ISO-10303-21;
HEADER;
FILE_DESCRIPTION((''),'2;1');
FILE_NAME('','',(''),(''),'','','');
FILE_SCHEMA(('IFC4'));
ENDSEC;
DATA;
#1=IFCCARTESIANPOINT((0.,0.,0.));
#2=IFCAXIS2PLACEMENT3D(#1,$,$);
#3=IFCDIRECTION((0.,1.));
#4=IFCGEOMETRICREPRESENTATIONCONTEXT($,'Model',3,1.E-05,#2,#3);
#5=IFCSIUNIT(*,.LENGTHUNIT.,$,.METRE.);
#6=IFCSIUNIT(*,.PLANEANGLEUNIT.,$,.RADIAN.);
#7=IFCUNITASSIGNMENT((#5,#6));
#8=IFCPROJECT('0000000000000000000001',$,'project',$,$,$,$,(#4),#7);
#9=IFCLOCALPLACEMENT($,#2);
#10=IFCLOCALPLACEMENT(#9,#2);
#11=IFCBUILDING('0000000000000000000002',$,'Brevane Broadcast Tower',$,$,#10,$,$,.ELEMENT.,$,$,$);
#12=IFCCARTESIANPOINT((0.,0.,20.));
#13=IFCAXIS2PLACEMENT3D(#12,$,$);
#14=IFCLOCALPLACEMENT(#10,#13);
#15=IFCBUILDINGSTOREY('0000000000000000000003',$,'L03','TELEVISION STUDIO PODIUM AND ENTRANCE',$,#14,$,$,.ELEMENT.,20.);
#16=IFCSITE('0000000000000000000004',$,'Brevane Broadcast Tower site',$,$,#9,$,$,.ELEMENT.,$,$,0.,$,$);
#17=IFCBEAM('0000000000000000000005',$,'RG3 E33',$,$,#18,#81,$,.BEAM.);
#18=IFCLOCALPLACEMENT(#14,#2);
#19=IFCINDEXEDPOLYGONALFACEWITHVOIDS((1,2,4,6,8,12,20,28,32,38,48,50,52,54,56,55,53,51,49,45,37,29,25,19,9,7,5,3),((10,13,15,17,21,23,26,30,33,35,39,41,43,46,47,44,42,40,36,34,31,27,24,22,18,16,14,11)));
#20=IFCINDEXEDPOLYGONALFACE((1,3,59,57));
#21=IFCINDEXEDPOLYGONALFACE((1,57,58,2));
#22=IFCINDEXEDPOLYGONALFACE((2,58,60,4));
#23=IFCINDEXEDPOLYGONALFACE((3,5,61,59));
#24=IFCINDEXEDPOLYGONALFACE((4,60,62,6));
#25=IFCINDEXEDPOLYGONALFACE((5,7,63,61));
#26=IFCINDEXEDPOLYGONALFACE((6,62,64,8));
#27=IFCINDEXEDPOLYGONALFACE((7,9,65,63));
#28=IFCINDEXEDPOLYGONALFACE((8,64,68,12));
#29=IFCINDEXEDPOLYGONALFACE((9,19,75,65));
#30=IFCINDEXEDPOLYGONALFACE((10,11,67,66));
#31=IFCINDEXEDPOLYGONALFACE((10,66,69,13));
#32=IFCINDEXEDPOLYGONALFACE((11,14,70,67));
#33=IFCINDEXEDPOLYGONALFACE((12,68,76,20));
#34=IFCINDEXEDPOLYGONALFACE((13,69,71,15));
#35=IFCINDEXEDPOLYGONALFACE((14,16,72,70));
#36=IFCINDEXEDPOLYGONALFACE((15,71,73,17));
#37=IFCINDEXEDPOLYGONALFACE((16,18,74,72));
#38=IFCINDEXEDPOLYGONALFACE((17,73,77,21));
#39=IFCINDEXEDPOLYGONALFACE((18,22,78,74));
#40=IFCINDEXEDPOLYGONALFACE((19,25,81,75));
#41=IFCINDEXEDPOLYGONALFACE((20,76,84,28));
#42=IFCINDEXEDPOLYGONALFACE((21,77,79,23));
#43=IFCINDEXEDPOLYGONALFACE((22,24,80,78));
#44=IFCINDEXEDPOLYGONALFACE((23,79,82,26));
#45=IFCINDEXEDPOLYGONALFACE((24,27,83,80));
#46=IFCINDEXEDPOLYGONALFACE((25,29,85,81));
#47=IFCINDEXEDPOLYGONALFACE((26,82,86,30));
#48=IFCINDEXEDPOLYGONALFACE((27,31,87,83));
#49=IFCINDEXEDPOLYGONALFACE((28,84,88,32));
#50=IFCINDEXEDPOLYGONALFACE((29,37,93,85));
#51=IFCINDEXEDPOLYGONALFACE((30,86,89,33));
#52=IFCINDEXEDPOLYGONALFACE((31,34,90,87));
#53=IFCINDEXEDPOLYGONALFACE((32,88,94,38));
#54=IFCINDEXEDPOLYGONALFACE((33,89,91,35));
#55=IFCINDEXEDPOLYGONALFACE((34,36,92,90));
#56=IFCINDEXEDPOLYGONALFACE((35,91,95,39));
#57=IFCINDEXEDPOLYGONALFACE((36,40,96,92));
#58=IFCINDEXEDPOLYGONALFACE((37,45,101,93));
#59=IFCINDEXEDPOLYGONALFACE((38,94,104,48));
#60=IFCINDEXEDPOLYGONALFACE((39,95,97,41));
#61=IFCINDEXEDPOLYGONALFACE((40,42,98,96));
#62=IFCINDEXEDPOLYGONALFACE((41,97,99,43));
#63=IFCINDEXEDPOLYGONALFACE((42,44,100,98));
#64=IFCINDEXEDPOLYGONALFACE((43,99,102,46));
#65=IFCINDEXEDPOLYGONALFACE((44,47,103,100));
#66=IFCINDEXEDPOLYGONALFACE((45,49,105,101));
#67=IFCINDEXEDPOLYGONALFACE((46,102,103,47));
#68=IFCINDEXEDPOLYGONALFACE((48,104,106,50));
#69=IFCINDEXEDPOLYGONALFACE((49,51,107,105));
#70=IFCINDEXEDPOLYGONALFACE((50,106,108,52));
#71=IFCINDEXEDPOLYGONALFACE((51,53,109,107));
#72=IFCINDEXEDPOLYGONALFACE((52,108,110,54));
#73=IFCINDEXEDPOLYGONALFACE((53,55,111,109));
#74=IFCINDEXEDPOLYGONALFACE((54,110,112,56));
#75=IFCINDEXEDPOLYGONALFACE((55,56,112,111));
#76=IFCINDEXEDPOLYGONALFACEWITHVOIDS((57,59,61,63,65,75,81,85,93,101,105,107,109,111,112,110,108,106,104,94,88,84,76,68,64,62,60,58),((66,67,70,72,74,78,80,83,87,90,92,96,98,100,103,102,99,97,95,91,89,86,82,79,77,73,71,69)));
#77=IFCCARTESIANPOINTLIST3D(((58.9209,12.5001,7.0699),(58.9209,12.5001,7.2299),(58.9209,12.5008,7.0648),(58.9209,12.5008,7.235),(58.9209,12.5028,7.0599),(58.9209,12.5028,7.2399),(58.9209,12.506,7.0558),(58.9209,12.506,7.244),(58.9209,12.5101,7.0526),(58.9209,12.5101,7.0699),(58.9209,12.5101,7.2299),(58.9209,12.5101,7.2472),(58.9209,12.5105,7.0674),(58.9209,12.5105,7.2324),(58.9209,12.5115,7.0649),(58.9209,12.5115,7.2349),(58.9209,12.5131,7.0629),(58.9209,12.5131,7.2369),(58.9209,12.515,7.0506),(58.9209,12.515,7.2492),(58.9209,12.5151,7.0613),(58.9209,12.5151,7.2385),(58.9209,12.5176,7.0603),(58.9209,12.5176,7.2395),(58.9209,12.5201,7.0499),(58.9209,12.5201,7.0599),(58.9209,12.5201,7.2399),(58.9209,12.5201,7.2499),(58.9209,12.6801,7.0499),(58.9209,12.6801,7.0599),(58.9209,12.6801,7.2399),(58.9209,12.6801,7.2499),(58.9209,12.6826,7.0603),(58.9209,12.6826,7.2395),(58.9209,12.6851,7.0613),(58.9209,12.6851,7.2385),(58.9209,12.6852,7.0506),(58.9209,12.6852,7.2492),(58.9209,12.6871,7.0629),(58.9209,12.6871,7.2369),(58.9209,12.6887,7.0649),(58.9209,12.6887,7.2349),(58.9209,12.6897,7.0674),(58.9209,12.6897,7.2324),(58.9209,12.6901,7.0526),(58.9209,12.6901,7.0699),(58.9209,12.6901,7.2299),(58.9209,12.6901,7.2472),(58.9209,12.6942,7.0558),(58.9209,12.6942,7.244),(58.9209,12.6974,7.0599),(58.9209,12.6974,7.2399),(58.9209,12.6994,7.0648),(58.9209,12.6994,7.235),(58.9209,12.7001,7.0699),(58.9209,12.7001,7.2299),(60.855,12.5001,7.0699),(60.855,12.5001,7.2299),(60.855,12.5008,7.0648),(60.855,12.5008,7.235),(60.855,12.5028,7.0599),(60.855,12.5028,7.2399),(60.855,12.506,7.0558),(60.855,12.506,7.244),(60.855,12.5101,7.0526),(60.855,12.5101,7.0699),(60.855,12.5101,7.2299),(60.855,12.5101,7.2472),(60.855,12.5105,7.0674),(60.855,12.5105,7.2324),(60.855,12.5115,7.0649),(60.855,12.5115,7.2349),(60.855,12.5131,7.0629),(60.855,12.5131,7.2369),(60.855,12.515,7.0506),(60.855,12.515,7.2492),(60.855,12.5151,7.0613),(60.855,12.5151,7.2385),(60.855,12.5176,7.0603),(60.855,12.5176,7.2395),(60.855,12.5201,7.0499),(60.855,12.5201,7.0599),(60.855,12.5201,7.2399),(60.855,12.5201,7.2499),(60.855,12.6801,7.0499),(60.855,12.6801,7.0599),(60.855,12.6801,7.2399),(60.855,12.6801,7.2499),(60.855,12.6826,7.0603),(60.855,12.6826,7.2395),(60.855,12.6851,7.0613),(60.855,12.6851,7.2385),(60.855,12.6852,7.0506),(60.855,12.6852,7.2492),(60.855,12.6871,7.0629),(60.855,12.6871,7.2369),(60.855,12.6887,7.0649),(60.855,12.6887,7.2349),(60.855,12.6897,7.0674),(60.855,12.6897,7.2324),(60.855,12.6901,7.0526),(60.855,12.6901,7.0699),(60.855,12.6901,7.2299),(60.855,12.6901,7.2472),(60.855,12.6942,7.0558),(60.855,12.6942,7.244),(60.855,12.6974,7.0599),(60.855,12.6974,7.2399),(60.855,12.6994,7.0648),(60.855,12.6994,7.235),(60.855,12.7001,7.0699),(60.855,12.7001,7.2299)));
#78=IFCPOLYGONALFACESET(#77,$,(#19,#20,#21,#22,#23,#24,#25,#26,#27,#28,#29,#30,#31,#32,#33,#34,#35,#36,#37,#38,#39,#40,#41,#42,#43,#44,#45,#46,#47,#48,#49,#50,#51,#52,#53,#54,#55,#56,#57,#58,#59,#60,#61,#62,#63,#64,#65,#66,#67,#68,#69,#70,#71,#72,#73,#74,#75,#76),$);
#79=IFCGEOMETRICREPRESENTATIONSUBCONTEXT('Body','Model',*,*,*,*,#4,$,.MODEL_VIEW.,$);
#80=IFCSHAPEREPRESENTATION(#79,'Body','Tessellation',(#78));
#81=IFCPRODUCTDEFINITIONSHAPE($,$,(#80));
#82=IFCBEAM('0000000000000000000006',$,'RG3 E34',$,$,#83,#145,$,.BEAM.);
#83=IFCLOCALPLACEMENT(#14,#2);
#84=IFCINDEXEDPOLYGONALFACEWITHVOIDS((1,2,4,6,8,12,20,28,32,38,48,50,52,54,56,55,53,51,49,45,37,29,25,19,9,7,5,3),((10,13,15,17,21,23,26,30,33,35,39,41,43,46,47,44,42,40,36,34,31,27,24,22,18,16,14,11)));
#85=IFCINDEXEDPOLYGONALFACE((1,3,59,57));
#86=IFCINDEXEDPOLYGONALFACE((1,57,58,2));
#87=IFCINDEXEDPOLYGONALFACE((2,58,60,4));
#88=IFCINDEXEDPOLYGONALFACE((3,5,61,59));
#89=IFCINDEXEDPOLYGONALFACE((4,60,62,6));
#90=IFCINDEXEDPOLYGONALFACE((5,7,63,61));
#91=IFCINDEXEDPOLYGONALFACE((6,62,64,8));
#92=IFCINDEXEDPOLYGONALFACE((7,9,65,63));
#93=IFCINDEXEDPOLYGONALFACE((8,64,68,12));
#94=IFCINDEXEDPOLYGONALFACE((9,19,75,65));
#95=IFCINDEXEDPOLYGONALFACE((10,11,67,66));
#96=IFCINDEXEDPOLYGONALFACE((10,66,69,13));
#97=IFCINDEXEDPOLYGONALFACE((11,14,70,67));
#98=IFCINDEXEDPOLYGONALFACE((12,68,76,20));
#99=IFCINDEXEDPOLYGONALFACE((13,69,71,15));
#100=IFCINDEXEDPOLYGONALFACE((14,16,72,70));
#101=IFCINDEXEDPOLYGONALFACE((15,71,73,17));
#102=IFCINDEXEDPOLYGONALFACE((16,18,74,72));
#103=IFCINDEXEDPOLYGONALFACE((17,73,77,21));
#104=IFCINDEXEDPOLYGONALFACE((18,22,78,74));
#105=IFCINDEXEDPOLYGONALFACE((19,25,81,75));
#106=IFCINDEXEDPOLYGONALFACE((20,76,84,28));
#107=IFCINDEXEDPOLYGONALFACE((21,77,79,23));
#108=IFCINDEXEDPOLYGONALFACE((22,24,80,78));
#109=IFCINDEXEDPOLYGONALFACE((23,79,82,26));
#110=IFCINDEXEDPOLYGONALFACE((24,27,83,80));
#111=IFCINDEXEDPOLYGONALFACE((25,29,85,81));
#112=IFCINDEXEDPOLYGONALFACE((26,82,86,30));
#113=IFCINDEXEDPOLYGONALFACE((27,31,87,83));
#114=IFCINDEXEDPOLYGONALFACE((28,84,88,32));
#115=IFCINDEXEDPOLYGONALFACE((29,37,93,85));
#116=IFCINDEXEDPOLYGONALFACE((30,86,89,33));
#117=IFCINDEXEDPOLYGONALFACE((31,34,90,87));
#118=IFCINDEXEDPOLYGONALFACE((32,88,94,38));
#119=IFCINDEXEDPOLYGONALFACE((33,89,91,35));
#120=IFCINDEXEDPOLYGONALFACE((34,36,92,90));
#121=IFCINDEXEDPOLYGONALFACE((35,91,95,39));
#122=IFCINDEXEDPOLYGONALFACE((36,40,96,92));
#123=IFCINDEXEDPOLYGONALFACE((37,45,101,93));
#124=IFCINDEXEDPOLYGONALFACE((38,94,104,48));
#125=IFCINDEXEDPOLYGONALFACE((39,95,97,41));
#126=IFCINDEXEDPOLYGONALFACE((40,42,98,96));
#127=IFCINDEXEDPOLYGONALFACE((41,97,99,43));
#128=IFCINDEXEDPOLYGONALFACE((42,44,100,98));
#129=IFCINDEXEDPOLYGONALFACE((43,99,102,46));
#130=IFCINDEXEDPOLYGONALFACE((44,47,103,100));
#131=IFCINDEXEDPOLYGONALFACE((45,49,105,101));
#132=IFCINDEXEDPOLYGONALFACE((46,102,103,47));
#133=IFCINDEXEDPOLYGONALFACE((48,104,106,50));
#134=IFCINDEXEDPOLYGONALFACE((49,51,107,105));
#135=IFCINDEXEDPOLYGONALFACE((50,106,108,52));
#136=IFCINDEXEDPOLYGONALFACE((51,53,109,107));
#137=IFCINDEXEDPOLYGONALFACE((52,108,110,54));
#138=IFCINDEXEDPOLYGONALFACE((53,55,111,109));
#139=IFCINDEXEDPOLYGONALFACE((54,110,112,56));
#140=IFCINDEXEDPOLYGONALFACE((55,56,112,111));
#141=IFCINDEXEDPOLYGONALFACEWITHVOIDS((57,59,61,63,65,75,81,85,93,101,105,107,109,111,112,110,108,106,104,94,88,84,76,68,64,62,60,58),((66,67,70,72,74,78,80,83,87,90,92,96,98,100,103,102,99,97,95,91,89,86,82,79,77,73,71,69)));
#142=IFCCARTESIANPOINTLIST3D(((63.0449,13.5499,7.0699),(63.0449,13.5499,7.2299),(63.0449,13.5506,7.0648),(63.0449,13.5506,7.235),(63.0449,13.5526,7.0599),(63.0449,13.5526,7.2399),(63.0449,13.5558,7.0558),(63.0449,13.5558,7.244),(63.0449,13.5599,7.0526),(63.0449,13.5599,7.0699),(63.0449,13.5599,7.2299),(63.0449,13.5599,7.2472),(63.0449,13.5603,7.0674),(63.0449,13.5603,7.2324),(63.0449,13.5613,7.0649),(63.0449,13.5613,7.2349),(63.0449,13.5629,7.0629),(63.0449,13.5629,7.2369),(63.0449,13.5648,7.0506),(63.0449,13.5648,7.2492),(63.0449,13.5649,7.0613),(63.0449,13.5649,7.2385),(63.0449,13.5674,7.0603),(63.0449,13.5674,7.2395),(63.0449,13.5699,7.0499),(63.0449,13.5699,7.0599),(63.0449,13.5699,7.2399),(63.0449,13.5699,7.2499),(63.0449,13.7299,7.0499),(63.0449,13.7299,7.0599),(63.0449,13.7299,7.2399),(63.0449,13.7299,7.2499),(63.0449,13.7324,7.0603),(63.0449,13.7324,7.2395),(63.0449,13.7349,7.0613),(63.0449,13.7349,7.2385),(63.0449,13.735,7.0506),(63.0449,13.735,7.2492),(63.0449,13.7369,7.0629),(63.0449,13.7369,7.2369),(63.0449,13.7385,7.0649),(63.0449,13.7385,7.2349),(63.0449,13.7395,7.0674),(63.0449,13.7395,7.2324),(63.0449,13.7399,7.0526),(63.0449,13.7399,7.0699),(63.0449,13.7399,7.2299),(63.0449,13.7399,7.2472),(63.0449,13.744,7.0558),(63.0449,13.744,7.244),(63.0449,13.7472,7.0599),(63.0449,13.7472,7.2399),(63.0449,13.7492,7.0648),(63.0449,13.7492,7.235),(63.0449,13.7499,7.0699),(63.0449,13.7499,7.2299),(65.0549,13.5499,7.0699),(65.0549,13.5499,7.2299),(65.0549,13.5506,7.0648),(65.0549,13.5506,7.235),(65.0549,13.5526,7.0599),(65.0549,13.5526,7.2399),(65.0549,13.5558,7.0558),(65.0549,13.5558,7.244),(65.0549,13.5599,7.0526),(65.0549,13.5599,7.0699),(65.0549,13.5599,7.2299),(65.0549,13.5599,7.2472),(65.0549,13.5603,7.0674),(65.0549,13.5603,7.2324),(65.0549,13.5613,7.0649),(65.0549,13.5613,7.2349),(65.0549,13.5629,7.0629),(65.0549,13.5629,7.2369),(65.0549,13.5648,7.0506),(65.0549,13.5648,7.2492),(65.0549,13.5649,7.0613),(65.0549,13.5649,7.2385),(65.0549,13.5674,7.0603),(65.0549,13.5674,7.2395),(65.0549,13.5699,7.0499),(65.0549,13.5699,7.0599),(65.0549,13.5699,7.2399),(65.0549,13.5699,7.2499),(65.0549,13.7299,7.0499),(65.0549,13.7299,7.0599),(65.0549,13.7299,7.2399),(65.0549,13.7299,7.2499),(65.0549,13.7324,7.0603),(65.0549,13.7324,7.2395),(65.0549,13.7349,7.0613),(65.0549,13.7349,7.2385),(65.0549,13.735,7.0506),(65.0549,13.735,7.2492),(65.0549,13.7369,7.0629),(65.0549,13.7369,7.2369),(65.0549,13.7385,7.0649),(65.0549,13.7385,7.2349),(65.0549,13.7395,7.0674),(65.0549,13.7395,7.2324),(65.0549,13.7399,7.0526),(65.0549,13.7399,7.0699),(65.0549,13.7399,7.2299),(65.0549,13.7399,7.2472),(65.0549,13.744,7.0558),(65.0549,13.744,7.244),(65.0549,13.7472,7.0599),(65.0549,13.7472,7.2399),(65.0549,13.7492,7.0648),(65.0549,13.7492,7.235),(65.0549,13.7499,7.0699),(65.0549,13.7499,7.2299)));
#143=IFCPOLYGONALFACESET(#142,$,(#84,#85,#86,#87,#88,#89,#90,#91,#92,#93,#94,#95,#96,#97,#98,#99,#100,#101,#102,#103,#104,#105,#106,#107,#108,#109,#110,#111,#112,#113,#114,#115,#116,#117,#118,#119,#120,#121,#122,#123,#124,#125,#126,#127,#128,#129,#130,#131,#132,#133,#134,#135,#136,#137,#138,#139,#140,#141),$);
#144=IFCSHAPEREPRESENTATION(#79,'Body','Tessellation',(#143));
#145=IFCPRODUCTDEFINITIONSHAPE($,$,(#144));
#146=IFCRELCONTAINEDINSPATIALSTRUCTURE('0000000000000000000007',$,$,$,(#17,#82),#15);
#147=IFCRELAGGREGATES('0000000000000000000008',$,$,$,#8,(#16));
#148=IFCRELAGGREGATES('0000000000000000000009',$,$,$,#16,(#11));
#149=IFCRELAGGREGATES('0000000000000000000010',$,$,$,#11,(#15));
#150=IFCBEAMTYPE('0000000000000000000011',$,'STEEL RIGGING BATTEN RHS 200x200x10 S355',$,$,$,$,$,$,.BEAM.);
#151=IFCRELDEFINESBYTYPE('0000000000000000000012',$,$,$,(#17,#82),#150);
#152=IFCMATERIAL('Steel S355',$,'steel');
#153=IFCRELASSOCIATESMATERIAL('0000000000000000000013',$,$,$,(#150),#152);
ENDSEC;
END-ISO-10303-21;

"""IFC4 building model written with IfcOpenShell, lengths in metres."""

from ifc_helpers import new_model, si_unit, direction, frame, origin, origin_2d, place, context, subcontext, project, spatial, hollow_rectangle, extrude, material, material_profile, profile_set, type_object, element, save


model = new_model("IFC4")

# Units and contexts
model_context = context("Model", 3, precision=1e-05, world=origin(), true_north=direction((0.0, 1.0)))
body_context = subcontext(model_context, "Body", "Model", "MODEL_VIEW")
ifc_project = project(units=[si_unit("LENGTHUNIT", "METRE"), si_unit("PLANEANGLEUNIT", "RADIAN")], contexts=[model_context])

# Site, building, storey
site_placement = place(None, origin())
site = spatial("IfcSite", under=ifc_project, at=site_placement, Name="Brevane Broadcast Tower site", CompositionType="ELEMENT", RefElevation=0.0)
building_placement = place(site_placement, origin())
building = spatial("IfcBuilding", under=site, at=building_placement, Name="Brevane Broadcast Tower", CompositionType="ELEMENT")
storey_placement = place(building_placement, frame((0.0, 0.0, 20.0)))
storey = spatial("IfcBuildingStorey", under=building, at=storey_placement, Name="L03", Description="TELEVISION STUDIO PODIUM AND ENTRANCE", CompositionType="ELEMENT", Elevation=20.0)

# Beams
ifc_material_1 = material(Name="Steel S355", Category="steel")
ifc_material_profile_1 = material_profile(ifc_material_1, hollow_rectangle(XDim=0.2, YDim=0.2, WallThickness=0.01, InnerFilletRadius=0.01, OuterFilletRadius=0.02, at=origin_2d()), Name="RHS 200x200x10")
ifc_profile_set_1 = profile_set([ifc_material_profile_1], Name="Steel S355")
beam_type_1 = type_object("IfcBeamType", Name="STEEL RIGGING BATTEN RHS 200x200x10 S355", PredefinedType="BEAM", material=ifc_profile_set_1)
beam_1_placement = place(storey_placement, frame((60.855, 12.6001, 7.1499), z_axis=(-1.0, 0.0, 0.0), x_axis=(0.0, -1.0, 0.0)))
element("IfcBeam", 1, at=beam_1_placement, inside=storey, type_object=beam_type_1, Name="RG3 E33", PredefinedType="BEAM", context=body_context, shape_type="SweptSolid", body=[
    extrude(hollow_rectangle(XDim=0.2, YDim=0.2, WallThickness=0.01, InnerFilletRadius=0.01, OuterFilletRadius=0.02, at=origin_2d()), origin(), (0.0, 0.0, 1.0), 1.9341),
])
for number, where, z_axis, x_axis, name in (
    (2, (65.0549, 13.6499, 7.1499), (-1.0, 0.0, 0.0), (0.0, -1.0, 0.0), "RG3 E34"),
):
    element("IfcBeam", number, at=place(storey_placement, frame(where, z_axis=z_axis, x_axis=x_axis)), inside=storey, type_object=beam_type_1, Name=name, PredefinedType="BEAM", context=body_context, shape_type="SweptSolid", body=[
        extrude(hollow_rectangle(XDim=0.2, YDim=0.2, WallThickness=0.01, InnerFilletRadius=0.01, OuterFilletRadius=0.02, at=origin_2d()), origin(), (0.0, 0.0, 1.0), 2.01),
    ])

save(model, "model.ifc")
